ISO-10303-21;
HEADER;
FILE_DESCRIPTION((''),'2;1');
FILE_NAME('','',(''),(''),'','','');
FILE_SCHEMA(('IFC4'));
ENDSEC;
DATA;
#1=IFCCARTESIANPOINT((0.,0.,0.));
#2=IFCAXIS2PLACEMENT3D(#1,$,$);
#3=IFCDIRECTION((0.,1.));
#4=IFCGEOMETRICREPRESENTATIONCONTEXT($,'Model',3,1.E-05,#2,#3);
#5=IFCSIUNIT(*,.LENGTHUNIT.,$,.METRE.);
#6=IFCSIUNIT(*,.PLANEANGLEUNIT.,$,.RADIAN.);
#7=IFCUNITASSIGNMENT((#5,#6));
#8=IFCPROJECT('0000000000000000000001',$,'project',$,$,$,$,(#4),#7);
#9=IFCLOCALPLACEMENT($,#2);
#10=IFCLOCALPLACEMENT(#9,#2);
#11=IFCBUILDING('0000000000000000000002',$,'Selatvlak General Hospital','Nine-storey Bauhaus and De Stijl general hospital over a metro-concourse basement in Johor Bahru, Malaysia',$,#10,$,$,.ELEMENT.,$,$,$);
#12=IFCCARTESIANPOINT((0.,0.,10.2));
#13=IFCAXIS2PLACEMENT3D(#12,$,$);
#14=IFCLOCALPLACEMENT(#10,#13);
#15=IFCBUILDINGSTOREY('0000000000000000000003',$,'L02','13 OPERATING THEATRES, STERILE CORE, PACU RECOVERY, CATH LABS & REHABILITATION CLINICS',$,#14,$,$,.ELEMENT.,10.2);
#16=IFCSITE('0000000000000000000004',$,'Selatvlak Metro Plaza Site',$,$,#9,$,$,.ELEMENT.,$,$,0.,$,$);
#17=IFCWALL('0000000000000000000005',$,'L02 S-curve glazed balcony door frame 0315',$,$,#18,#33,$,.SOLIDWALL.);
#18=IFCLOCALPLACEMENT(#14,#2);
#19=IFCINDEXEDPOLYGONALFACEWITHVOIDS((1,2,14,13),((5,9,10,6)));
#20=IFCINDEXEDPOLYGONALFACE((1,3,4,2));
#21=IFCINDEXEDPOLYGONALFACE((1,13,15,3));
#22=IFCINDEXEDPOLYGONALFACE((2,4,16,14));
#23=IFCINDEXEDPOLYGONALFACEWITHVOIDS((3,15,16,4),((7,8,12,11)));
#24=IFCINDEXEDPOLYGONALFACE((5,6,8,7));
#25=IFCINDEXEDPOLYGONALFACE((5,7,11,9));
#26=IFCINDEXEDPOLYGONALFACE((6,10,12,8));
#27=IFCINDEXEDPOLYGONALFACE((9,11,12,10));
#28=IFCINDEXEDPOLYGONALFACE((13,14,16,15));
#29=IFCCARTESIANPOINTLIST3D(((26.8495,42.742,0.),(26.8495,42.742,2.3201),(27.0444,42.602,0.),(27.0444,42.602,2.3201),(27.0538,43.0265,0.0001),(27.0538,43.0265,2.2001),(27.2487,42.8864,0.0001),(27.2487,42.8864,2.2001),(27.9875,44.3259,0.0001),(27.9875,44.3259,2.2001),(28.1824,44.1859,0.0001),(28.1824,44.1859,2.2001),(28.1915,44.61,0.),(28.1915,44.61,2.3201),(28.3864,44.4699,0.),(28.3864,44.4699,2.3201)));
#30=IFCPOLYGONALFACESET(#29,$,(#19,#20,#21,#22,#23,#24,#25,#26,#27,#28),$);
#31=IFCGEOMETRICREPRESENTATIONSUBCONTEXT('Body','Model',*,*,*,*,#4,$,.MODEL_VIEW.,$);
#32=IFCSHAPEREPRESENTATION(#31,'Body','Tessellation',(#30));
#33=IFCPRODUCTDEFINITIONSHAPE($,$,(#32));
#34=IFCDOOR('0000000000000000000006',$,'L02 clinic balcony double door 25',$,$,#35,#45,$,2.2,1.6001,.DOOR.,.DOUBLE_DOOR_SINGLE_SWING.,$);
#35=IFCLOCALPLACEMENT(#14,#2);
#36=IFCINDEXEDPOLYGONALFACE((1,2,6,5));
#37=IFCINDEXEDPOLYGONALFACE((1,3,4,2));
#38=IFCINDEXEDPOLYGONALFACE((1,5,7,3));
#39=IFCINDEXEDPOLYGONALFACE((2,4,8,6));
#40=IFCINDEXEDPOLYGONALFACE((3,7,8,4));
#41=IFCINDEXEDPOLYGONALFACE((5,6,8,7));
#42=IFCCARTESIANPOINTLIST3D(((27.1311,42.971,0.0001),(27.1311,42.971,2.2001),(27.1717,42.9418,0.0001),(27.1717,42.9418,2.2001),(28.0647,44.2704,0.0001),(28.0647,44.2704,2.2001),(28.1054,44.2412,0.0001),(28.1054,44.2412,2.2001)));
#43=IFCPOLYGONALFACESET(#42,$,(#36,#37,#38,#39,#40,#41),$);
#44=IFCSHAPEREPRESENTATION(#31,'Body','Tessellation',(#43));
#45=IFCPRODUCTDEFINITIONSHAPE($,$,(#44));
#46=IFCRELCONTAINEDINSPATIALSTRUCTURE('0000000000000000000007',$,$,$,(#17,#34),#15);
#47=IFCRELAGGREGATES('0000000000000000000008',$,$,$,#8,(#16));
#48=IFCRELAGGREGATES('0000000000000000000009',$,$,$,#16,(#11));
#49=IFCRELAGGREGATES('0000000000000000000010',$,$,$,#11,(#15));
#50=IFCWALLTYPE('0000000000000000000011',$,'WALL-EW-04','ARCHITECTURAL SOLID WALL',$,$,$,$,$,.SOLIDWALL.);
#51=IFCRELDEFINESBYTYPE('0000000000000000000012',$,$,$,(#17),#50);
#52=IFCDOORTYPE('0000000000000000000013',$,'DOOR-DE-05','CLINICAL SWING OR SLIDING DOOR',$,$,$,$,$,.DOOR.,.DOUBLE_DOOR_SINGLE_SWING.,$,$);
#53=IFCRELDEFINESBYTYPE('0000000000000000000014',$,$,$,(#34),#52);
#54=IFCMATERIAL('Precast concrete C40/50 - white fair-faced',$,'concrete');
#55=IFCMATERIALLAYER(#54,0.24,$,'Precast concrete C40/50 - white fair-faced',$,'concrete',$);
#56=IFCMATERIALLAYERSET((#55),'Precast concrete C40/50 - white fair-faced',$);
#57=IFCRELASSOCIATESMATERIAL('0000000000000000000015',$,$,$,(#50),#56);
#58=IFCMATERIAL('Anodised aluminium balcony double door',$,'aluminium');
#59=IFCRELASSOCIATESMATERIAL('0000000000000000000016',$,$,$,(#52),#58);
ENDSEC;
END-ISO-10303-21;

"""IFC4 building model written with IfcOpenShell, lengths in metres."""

from ifc_helpers import new_model, si_unit, direction, frame, frame_2d, origin, place, context, subcontext, project, spatial, rectangle, extrude, material, layer, layer_set, type_object, element, fill, save


model = new_model("IFC4")

# Units and contexts
model_context = context("Model", 3, precision=1e-05, world=origin(), true_north=direction((0.0, 1.0)))
body_context = subcontext(model_context, "Body", "Model", "MODEL_VIEW")
ifc_project = project(units=[si_unit("LENGTHUNIT", "METRE"), si_unit("PLANEANGLEUNIT", "RADIAN")], contexts=[model_context])

# Site, building, storey
site_placement = place(None, origin())
site = spatial("IfcSite", under=ifc_project, at=site_placement, Name="Selatvlak Metro Plaza Site", CompositionType="ELEMENT", RefElevation=0.0)
building_placement = place(site_placement, origin())
building = spatial("IfcBuilding", under=site, at=building_placement, Name="Selatvlak General Hospital", Description="Nine-storey Bauhaus and De Stijl general hospital over a metro-concourse basement in Johor Bahru, Malaysia", CompositionType="ELEMENT")
storey_placement = place(building_placement, frame((0.0, 0.0, 10.2)))
storey = spatial("IfcBuildingStorey", under=building, at=storey_placement, Name="L02", Description="13 OPERATING THEATRES, STERILE CORE, PACU RECOVERY, CATH LABS & REHABILITATION CLINICS", CompositionType="ELEMENT", Elevation=10.2)

# Wall, opening, door
ifc_material_1 = material(Name="Precast concrete C40/50 - white fair-faced", Category="concrete")
ifc_layer_1 = layer(ifc_material_1, 0.24, Name="Precast concrete C40/50 - white fair-faced", Category="concrete")
ifc_layer_set_1 = layer_set([ifc_layer_1], Name="Precast concrete C40/50 - white fair-faced")
wall_type_1 = type_object("IfcWallType", Name="WALL-EW-04", Description="ARCHITECTURAL SOLID WALL", PredefinedType="SOLIDWALL", material=ifc_layer_set_1)
wall_1_placement = place(storey_placement, frame((26.947, 42.6721, 0.0), z_axis=(0.0, 0.0, 1.0), x_axis=(0.583485, 0.812124, 0.0)))
wall_1 = element("IfcWall", 1, at=wall_1_placement, inside=storey, type_object=wall_type_1, Name="L02 S-curve glazed balcony door frame 0315", PredefinedType="SOLIDWALL", context=body_context, shape_type="SweptSolid", body=[
    extrude(rectangle(XDim=2.3, YDim=0.24, at=frame_2d((1.1499, 0.0))), origin(), (0.0, 0.0, 1.0), 2.3201),
])
opening_1_placement = place(wall_1_placement, frame((0.3501, 0.0, 0.0)))
opening_1 = element("IfcOpeningElement", 2, at=opening_1_placement, cuts=wall_1, PredefinedType="OPENING", context=body_context, shape_type="SweptSolid", body=[
    extrude(rectangle(XDim=1.6001, YDim=2.2, at=frame_2d((0.8, 1.1001))), frame((0.0, 0.1299, 0.0), z_axis=(0.0, -1.0, 0.0), x_axis=(1.0, 0.0, 0.0)), (0.0, 0.0, 1.0), 0.26),
])
ifc_material_2 = material(Name="Anodised aluminium balcony double door", Category="aluminium")
door_type_1 = type_object("IfcDoorType", Name="DOOR-DE-05", Description="CLINICAL SWING OR SLIDING DOOR", OperationType="DOUBLE_DOOR_SINGLE_SWING", PredefinedType="DOOR", material=ifc_material_2)
door_1_placement = place(opening_1_placement, origin())
door_1 = element("IfcDoor", 3, at=door_1_placement, inside=storey, type_object=door_type_1, Name="L02 clinic balcony double door 25", OperationType="DOUBLE_DOOR_SINGLE_SWING", OverallHeight=2.2, OverallWidth=1.6001, PredefinedType="DOOR", context=body_context, shape_type="SweptSolid", body=[
    extrude(rectangle(XDim=1.6001, YDim=2.2, at=frame_2d((0.8, 1.1001))), frame((0.0, 0.0249, 0.0), z_axis=(0.0, -1.0, 0.0), x_axis=(1.0, 0.0, 0.0)), (0.0, 0.0, 1.0), 0.05),
])
fill(opening_1, door_1)

save(model, "model.ifc")
